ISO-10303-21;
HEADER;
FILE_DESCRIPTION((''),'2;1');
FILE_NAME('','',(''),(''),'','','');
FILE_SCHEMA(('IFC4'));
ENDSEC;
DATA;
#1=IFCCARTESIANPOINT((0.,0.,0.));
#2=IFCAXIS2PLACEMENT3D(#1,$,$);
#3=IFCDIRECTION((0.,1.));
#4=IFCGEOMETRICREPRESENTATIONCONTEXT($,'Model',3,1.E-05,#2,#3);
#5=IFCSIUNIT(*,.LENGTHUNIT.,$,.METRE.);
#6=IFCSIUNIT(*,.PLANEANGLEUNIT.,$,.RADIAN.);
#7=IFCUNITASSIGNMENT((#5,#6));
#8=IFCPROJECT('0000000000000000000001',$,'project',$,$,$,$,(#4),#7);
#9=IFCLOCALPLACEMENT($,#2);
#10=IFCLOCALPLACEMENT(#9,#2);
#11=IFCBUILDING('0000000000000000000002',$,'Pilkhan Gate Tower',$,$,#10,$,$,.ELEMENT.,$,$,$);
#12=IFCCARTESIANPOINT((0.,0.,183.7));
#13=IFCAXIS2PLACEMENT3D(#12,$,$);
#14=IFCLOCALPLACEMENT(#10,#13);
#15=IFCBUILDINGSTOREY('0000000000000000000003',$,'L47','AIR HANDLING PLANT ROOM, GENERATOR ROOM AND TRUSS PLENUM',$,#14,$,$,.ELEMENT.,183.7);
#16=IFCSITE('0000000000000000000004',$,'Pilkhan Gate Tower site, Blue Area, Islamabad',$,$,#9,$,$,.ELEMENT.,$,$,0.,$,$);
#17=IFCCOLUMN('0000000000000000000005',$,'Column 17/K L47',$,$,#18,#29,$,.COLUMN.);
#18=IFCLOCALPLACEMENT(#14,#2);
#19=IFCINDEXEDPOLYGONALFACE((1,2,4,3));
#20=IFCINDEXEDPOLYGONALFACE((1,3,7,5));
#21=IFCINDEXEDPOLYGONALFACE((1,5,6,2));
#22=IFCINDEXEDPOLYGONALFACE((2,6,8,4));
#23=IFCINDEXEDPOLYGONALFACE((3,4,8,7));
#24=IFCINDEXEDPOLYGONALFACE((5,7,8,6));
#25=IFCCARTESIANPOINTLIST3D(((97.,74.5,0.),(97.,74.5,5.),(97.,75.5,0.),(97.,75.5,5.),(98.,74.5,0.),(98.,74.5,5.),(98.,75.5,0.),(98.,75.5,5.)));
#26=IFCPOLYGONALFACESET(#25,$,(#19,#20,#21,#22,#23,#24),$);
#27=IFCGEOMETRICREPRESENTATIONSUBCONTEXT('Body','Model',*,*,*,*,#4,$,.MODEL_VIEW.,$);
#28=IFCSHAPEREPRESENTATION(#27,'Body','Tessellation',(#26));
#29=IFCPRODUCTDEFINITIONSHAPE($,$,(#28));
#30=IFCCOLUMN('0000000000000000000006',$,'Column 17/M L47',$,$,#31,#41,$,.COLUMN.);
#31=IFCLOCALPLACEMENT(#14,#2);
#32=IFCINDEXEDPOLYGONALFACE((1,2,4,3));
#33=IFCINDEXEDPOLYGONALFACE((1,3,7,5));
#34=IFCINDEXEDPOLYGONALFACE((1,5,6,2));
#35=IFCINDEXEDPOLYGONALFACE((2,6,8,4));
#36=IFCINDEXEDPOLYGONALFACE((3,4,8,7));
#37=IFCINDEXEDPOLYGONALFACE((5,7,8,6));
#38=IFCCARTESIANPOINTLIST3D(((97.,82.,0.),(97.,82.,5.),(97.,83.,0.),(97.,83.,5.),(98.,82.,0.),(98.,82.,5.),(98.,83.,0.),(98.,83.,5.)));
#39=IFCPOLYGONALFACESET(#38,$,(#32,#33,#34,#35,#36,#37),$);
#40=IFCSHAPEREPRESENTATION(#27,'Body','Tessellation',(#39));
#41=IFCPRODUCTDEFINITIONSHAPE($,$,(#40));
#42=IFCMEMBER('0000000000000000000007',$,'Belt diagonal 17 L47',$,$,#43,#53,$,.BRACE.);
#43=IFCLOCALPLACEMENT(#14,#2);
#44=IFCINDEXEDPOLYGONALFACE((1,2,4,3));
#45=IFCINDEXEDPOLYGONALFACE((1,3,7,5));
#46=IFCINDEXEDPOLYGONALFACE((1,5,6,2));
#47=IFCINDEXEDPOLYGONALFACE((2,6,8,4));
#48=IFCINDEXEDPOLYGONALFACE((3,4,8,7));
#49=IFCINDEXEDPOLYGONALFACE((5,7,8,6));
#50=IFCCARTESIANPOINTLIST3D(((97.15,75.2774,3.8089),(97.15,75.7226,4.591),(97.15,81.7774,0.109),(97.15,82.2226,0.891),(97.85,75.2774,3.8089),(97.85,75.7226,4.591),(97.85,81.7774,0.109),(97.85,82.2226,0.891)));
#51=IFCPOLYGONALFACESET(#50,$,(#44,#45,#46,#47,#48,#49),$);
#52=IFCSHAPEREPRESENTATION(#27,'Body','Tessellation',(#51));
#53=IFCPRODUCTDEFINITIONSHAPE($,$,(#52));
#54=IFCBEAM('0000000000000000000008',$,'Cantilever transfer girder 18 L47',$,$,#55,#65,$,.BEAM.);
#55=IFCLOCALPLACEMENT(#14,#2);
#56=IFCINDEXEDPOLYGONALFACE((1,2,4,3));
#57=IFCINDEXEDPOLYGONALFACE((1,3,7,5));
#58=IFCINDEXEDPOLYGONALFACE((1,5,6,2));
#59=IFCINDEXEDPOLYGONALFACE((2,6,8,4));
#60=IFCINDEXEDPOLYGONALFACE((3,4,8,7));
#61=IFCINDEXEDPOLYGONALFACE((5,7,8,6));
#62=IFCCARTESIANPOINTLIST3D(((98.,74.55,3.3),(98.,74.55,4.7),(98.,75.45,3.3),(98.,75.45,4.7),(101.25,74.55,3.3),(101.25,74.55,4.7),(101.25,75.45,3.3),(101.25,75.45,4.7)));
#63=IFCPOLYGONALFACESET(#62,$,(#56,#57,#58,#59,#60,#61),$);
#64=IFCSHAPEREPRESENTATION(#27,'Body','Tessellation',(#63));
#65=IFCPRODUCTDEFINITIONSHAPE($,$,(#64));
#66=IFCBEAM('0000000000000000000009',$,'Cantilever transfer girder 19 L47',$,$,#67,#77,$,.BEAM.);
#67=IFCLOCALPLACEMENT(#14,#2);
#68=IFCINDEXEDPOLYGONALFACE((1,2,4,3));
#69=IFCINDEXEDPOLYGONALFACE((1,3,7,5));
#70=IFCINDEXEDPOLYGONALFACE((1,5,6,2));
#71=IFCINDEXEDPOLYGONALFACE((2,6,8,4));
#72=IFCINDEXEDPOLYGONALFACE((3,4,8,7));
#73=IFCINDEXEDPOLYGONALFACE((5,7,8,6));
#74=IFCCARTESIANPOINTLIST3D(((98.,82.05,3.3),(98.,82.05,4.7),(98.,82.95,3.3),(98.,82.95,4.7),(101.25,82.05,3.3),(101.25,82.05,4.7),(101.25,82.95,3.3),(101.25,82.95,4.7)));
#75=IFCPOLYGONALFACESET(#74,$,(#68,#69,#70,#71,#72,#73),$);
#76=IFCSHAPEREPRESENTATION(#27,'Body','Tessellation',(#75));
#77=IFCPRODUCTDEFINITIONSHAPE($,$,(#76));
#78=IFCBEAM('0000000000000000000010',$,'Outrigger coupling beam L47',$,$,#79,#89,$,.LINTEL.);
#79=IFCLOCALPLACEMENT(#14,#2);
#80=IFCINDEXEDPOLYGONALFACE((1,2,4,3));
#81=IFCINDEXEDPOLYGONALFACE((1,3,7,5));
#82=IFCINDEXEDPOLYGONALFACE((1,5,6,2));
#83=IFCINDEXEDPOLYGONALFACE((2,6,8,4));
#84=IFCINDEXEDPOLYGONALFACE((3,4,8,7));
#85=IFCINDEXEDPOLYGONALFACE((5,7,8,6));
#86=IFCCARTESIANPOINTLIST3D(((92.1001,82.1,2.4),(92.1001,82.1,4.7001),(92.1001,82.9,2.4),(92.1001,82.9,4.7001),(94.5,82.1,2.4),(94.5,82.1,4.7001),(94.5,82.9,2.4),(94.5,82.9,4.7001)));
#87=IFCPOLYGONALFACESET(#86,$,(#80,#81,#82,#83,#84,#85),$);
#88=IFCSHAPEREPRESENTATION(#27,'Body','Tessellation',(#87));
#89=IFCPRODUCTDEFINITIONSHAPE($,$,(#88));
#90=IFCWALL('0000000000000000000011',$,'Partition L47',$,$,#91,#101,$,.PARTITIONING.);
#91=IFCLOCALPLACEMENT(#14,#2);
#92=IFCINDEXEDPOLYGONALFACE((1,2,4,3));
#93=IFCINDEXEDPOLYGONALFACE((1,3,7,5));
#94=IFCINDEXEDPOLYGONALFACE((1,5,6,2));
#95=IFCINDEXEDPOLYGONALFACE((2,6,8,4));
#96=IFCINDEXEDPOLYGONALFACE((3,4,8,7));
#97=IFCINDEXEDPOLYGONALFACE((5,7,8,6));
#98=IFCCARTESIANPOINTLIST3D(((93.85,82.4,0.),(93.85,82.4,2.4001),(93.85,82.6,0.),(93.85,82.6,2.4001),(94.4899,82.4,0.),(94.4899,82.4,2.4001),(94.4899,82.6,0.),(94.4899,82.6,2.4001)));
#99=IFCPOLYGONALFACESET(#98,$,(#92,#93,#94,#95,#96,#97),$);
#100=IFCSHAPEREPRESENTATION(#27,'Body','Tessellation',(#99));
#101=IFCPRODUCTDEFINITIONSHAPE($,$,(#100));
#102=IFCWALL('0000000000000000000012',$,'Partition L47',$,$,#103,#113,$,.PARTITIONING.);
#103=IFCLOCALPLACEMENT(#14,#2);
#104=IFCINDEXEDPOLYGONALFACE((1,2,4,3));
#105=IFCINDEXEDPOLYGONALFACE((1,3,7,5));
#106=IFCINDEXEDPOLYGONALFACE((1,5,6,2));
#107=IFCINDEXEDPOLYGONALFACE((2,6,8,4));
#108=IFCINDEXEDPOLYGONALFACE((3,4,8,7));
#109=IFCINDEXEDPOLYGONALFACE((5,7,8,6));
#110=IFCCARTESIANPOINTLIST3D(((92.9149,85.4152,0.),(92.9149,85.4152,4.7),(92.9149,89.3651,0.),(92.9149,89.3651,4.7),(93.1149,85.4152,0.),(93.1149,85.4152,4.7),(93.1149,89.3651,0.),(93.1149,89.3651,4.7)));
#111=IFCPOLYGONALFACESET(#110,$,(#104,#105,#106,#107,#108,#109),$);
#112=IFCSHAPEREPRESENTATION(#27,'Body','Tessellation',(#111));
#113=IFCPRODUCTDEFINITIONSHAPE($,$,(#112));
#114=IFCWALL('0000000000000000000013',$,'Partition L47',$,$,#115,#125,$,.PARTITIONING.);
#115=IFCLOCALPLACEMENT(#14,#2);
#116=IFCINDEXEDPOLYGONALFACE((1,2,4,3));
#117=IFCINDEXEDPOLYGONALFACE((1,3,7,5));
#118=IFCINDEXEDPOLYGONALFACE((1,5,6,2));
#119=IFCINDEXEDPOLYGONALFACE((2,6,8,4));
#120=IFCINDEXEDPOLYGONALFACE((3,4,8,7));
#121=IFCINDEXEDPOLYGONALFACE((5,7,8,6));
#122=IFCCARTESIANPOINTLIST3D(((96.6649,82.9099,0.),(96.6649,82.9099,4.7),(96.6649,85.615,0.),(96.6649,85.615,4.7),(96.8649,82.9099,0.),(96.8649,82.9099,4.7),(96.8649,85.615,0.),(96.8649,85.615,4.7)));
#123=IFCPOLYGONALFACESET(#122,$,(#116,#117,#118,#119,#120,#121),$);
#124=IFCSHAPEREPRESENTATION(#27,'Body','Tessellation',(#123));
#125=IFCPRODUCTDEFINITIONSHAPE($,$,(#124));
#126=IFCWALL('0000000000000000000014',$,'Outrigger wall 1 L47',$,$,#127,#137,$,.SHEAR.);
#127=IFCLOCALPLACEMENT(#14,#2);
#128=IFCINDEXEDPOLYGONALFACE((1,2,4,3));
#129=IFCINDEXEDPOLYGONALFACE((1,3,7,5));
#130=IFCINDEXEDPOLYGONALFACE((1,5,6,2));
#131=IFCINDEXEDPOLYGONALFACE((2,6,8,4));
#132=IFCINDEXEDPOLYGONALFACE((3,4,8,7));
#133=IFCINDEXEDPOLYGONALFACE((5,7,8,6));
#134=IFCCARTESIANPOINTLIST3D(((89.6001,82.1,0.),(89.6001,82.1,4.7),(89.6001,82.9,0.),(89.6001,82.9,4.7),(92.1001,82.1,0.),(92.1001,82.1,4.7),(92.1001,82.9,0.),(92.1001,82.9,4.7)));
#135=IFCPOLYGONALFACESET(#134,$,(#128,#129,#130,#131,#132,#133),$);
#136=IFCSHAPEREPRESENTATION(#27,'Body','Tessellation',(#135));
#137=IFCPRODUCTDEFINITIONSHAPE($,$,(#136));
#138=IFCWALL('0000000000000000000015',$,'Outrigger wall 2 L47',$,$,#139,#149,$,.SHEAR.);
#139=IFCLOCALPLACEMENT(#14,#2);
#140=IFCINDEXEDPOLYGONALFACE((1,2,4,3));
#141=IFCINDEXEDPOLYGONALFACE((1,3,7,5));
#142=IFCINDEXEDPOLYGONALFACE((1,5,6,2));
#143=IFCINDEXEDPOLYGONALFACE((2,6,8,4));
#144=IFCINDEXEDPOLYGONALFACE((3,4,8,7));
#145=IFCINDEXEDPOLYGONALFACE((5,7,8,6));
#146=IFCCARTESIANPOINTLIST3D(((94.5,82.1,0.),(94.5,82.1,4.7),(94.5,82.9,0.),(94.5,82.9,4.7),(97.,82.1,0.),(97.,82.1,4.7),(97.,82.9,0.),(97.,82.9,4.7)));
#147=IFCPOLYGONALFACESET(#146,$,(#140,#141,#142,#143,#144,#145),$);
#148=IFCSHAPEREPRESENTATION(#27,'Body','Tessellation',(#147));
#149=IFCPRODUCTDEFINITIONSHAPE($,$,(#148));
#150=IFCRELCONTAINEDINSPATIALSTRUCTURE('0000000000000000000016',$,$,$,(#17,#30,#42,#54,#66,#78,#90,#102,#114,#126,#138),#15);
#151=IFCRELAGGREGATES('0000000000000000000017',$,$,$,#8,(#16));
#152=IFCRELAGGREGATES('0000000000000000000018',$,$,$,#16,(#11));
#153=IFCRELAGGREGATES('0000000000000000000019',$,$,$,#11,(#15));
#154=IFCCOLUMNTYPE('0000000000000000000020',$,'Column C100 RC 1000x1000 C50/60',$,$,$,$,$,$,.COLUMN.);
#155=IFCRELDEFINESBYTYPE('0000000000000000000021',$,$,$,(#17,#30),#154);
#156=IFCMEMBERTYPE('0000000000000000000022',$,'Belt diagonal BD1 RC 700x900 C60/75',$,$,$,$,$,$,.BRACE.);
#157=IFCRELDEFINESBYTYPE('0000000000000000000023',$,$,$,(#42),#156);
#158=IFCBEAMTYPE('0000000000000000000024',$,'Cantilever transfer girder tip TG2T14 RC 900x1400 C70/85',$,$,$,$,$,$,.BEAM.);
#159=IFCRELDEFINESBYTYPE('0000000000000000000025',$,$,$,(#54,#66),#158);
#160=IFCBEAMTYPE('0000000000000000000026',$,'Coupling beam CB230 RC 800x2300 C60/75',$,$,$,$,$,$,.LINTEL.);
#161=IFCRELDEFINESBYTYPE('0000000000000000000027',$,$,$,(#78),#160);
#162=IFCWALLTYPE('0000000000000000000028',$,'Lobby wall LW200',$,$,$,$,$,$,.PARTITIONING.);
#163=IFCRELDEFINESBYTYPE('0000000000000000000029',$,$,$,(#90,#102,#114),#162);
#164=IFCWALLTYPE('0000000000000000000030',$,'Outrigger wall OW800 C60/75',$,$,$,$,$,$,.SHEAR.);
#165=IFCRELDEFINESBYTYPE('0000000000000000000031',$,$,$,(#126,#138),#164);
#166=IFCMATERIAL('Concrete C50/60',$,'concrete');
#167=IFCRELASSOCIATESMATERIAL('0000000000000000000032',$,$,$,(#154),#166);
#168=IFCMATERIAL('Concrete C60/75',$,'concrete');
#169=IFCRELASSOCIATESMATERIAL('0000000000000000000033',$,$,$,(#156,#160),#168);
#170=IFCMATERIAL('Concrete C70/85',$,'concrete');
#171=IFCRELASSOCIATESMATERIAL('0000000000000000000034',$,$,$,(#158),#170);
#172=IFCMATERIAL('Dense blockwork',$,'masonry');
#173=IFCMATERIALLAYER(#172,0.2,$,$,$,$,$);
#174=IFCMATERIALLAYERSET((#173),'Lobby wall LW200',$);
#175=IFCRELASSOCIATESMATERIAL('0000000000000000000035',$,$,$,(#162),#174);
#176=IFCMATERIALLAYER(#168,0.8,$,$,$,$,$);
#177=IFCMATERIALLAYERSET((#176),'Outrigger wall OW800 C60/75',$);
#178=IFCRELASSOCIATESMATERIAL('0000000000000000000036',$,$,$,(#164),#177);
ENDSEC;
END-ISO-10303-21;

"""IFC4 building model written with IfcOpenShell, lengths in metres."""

from ifc_helpers import new_model, si_unit, direction, frame, frame_2d, origin, origin_2d, place, context, subcontext, project, spatial, rectangle, extrude, material, layer, layer_set, material_profile, profile_set, type_object, element, save


model = new_model("IFC4")

# Units and contexts
model_context = context("Model", 3, precision=1e-05, world=origin(), true_north=direction((0.0, 1.0)))
body_context = subcontext(model_context, "Body", "Model", "MODEL_VIEW")
ifc_project = project(units=[si_unit("LENGTHUNIT", "METRE"), si_unit("PLANEANGLEUNIT", "RADIAN")], contexts=[model_context])

# Site, building, storey
site_placement = place(None, origin())
site = spatial("IfcSite", under=ifc_project, at=site_placement, Name="Pilkhan Gate Tower site, Blue Area, Islamabad", CompositionType="ELEMENT", RefElevation=0.0)
building_placement = place(site_placement, origin())
building = spatial("IfcBuilding", under=site, at=building_placement, Name="Pilkhan Gate Tower", CompositionType="ELEMENT")
storey_placement = place(building_placement, frame((0.0, 0.0, 183.7)))
storey = spatial("IfcBuildingStorey", under=building, at=storey_placement, Name="L47", Description="AIR HANDLING PLANT ROOM, GENERATOR ROOM AND TRUSS PLENUM", CompositionType="ELEMENT", Elevation=183.7)

# Columns
ifc_material_1 = material(Name="Concrete C50/60", Category="concrete")
ifc_material_profile_1 = material_profile(ifc_material_1, rectangle(XDim=1.0, YDim=1.0, at=origin_2d()), Name="RC 1000x1000")
ifc_profile_set_1 = profile_set([ifc_material_profile_1], Name="Concrete C50/60")
column_type = type_object("IfcColumnType", Name="Column C100 RC 1000x1000 C50/60", PredefinedType="COLUMN", material=ifc_profile_set_1)
for number, where, z_axis, x_axis, name in (
    (1, (97.5, 75.0, 0.0), (0.0, 0.0, 1.0), (1.0, 0.0, 0.0), "Column 17/K L47"),
    (2, (97.5, 82.5, 0.0), (0.0, 0.0, 1.0), (1.0, 0.0, 0.0), "Column 17/M L47"),
):
    element("IfcColumn", number, at=place(storey_placement, frame(where, z_axis=z_axis, x_axis=x_axis)), inside=storey, type_object=column_type, Name=name, PredefinedType="COLUMN", context=body_context, shape_type="SweptSolid", body=[
        extrude(rectangle(XDim=1.0, YDim=1.0, at=origin_2d()), origin(), (0.0, 0.0, 1.0), 5.0),
    ])

# Member
ifc_material_2 = material(Name="Concrete C60/75", Category="concrete")
ifc_material_profile_2 = material_profile(ifc_material_2, rectangle(XDim=0.7, YDim=0.8999, at=origin_2d()), Name="RC 700x900")
ifc_profile_set_2 = profile_set([ifc_material_profile_2], Name="Concrete C60/75")
member_type = type_object("IfcMemberType", Name="Belt diagonal BD1 RC 700x900 C60/75", PredefinedType="BRACE", material=ifc_profile_set_2)
member_placement = place(storey_placement, frame((97.5, 82.0, 0.5), z_axis=(0.0, -0.869068, 0.494693), x_axis=(1.0, 0.0, 0.0)))
element("IfcMember", 3, at=member_placement, inside=storey, type_object=member_type, Name="Belt diagonal 17 L47", PredefinedType="BRACE", context=body_context, shape_type="SweptSolid", body=[
    extrude(rectangle(XDim=0.7, YDim=0.8999, at=origin_2d()), origin(), (0.0, 0.0, 1.0), 7.4792),
])

# Beams
ifc_material_3 = material(Name="Concrete C70/85", Category="concrete")
ifc_material_profile_3 = material_profile(ifc_material_3, rectangle(XDim=0.8999, YDim=1.3999, at=origin_2d()), Name="RC 900x1400")
ifc_profile_set_3 = profile_set([ifc_material_profile_3], Name="Concrete C70/85")
beam_type_1 = type_object("IfcBeamType", Name="Cantilever transfer girder tip TG2T14 RC 900x1400 C70/85", PredefinedType="BEAM", material=ifc_profile_set_3)
for number, where, z_axis, x_axis, name in (
    (4, (101.25, 75.0, 4.0), (-1.0, 0.0, 0.0), (0.0, -1.0, 0.0), "Cantilever transfer girder 18 L47"),
    (5, (101.25, 82.5, 4.0), (-1.0, 0.0, 0.0), (0.0, -1.0, 0.0), "Cantilever transfer girder 19 L47"),
):
    element("IfcBeam", number, at=place(storey_placement, frame(where, z_axis=z_axis, x_axis=x_axis)), inside=storey, type_object=beam_type_1, Name=name, PredefinedType="BEAM", context=body_context, shape_type="SweptSolid", body=[
        extrude(rectangle(XDim=0.8999, YDim=1.3999, at=origin_2d()), origin(), (0.0, 0.0, 1.0), 3.25),
    ])
ifc_material_profile_4 = material_profile(ifc_material_2, rectangle(XDim=0.8, YDim=2.3, at=origin_2d()), Name="RC 800x2300")
ifc_profile_set_4 = profile_set([ifc_material_profile_4], Name="Concrete C60/75")
beam_type_2 = type_object("IfcBeamType", Name="Coupling beam CB230 RC 800x2300 C60/75", PredefinedType="LINTEL", material=ifc_profile_set_4)
beam_placement = place(storey_placement, frame((92.1001, 82.5, 3.55), z_axis=(1.0, 0.0, 0.0), x_axis=(0.0, 1.0, 0.0)))
element("IfcBeam", 6, at=beam_placement, inside=storey, type_object=beam_type_2, Name="Outrigger coupling beam L47", PredefinedType="LINTEL", context=body_context, shape_type="SweptSolid", body=[
    extrude(rectangle(XDim=0.8, YDim=2.3, at=origin_2d()), origin(), (0.0, 0.0, 1.0), 2.3999),
])

# Walls
ifc_material_4 = material(Name="Dense blockwork", Category="masonry")
ifc_layer_1 = layer(ifc_material_4, 0.2)
ifc_layer_set_1 = layer_set([ifc_layer_1], Name="Lobby wall LW200")
wall_type_1 = type_object("IfcWallType", Name="Lobby wall LW200", PredefinedType="PARTITIONING", material=ifc_layer_set_1)
wall_1_placement = place(storey_placement, frame((93.8501, 82.5, 0.0), z_axis=(0.0, 0.0, 1.0), x_axis=(1.0, 0.0, 0.0)))
element("IfcWall", 7, at=wall_1_placement, inside=storey, type_object=wall_type_1, Name="Partition L47", PredefinedType="PARTITIONING", context=body_context, shape_type="SweptSolid", body=[
    extrude(rectangle(XDim=0.6399, YDim=0.2, at=frame_2d((0.3198, 0.0))), origin(), (0.0, 0.0, 1.0), 2.4001),
])
wall_2_placement = place(storey_placement, frame((93.0149, 85.415, 0.0), z_axis=(0.0, 0.0, 1.0), x_axis=(0.0, 1.0, 0.0)))
element("IfcWall", 8, at=wall_2_placement, inside=storey, type_object=wall_type_1, Name="Partition L47", PredefinedType="PARTITIONING", context=body_context, shape_type="SweptSolid", body=[
    extrude(rectangle(XDim=3.95, YDim=0.2, at=frame_2d((1.9751, 0.0))), origin(), (0.0, 0.0, 1.0), 4.7),
])
wall_3_placement = place(storey_placement, frame((96.7649, 82.9099, 0.0), z_axis=(0.0, 0.0, 1.0), x_axis=(0.0, 1.0, 0.0)))
element("IfcWall", 9, at=wall_3_placement, inside=storey, type_object=wall_type_1, Name="Partition L47", PredefinedType="PARTITIONING", context=body_context, shape_type="SweptSolid", body=[
    extrude(rectangle(XDim=2.7051, YDim=0.2, at=frame_2d((1.3525, 0.0))), origin(), (0.0, 0.0, 1.0), 4.7),
])
ifc_layer_2 = layer(ifc_material_2, 0.8)
ifc_layer_set_2 = layer_set([ifc_layer_2], Name="Outrigger wall OW800 C60/75")
wall_type_2 = type_object("IfcWallType", Name="Outrigger wall OW800 C60/75", PredefinedType="SHEAR", material=ifc_layer_set_2)
for number, where, z_axis, x_axis, name in (
    (10, (89.6001, 82.5, 0.0), (0.0, 0.0, 1.0), (1.0, 0.0, 0.0), "Outrigger wall 1 L47"),
    (11, (94.5, 82.5, 0.0), (0.0, 0.0, 1.0), (1.0, 0.0, 0.0), "Outrigger wall 2 L47"),
):
    element("IfcWall", number, at=place(storey_placement, frame(where, z_axis=z_axis, x_axis=x_axis)), inside=storey, type_object=wall_type_2, Name=name, PredefinedType="SHEAR", context=body_context, shape_type="SweptSolid", body=[
        extrude(rectangle(XDim=2.5, YDim=0.8, at=frame_2d((1.25, 0.0))), origin(), (0.0, 0.0, 1.0), 4.7),
    ])

save(model, "model.ifc")
